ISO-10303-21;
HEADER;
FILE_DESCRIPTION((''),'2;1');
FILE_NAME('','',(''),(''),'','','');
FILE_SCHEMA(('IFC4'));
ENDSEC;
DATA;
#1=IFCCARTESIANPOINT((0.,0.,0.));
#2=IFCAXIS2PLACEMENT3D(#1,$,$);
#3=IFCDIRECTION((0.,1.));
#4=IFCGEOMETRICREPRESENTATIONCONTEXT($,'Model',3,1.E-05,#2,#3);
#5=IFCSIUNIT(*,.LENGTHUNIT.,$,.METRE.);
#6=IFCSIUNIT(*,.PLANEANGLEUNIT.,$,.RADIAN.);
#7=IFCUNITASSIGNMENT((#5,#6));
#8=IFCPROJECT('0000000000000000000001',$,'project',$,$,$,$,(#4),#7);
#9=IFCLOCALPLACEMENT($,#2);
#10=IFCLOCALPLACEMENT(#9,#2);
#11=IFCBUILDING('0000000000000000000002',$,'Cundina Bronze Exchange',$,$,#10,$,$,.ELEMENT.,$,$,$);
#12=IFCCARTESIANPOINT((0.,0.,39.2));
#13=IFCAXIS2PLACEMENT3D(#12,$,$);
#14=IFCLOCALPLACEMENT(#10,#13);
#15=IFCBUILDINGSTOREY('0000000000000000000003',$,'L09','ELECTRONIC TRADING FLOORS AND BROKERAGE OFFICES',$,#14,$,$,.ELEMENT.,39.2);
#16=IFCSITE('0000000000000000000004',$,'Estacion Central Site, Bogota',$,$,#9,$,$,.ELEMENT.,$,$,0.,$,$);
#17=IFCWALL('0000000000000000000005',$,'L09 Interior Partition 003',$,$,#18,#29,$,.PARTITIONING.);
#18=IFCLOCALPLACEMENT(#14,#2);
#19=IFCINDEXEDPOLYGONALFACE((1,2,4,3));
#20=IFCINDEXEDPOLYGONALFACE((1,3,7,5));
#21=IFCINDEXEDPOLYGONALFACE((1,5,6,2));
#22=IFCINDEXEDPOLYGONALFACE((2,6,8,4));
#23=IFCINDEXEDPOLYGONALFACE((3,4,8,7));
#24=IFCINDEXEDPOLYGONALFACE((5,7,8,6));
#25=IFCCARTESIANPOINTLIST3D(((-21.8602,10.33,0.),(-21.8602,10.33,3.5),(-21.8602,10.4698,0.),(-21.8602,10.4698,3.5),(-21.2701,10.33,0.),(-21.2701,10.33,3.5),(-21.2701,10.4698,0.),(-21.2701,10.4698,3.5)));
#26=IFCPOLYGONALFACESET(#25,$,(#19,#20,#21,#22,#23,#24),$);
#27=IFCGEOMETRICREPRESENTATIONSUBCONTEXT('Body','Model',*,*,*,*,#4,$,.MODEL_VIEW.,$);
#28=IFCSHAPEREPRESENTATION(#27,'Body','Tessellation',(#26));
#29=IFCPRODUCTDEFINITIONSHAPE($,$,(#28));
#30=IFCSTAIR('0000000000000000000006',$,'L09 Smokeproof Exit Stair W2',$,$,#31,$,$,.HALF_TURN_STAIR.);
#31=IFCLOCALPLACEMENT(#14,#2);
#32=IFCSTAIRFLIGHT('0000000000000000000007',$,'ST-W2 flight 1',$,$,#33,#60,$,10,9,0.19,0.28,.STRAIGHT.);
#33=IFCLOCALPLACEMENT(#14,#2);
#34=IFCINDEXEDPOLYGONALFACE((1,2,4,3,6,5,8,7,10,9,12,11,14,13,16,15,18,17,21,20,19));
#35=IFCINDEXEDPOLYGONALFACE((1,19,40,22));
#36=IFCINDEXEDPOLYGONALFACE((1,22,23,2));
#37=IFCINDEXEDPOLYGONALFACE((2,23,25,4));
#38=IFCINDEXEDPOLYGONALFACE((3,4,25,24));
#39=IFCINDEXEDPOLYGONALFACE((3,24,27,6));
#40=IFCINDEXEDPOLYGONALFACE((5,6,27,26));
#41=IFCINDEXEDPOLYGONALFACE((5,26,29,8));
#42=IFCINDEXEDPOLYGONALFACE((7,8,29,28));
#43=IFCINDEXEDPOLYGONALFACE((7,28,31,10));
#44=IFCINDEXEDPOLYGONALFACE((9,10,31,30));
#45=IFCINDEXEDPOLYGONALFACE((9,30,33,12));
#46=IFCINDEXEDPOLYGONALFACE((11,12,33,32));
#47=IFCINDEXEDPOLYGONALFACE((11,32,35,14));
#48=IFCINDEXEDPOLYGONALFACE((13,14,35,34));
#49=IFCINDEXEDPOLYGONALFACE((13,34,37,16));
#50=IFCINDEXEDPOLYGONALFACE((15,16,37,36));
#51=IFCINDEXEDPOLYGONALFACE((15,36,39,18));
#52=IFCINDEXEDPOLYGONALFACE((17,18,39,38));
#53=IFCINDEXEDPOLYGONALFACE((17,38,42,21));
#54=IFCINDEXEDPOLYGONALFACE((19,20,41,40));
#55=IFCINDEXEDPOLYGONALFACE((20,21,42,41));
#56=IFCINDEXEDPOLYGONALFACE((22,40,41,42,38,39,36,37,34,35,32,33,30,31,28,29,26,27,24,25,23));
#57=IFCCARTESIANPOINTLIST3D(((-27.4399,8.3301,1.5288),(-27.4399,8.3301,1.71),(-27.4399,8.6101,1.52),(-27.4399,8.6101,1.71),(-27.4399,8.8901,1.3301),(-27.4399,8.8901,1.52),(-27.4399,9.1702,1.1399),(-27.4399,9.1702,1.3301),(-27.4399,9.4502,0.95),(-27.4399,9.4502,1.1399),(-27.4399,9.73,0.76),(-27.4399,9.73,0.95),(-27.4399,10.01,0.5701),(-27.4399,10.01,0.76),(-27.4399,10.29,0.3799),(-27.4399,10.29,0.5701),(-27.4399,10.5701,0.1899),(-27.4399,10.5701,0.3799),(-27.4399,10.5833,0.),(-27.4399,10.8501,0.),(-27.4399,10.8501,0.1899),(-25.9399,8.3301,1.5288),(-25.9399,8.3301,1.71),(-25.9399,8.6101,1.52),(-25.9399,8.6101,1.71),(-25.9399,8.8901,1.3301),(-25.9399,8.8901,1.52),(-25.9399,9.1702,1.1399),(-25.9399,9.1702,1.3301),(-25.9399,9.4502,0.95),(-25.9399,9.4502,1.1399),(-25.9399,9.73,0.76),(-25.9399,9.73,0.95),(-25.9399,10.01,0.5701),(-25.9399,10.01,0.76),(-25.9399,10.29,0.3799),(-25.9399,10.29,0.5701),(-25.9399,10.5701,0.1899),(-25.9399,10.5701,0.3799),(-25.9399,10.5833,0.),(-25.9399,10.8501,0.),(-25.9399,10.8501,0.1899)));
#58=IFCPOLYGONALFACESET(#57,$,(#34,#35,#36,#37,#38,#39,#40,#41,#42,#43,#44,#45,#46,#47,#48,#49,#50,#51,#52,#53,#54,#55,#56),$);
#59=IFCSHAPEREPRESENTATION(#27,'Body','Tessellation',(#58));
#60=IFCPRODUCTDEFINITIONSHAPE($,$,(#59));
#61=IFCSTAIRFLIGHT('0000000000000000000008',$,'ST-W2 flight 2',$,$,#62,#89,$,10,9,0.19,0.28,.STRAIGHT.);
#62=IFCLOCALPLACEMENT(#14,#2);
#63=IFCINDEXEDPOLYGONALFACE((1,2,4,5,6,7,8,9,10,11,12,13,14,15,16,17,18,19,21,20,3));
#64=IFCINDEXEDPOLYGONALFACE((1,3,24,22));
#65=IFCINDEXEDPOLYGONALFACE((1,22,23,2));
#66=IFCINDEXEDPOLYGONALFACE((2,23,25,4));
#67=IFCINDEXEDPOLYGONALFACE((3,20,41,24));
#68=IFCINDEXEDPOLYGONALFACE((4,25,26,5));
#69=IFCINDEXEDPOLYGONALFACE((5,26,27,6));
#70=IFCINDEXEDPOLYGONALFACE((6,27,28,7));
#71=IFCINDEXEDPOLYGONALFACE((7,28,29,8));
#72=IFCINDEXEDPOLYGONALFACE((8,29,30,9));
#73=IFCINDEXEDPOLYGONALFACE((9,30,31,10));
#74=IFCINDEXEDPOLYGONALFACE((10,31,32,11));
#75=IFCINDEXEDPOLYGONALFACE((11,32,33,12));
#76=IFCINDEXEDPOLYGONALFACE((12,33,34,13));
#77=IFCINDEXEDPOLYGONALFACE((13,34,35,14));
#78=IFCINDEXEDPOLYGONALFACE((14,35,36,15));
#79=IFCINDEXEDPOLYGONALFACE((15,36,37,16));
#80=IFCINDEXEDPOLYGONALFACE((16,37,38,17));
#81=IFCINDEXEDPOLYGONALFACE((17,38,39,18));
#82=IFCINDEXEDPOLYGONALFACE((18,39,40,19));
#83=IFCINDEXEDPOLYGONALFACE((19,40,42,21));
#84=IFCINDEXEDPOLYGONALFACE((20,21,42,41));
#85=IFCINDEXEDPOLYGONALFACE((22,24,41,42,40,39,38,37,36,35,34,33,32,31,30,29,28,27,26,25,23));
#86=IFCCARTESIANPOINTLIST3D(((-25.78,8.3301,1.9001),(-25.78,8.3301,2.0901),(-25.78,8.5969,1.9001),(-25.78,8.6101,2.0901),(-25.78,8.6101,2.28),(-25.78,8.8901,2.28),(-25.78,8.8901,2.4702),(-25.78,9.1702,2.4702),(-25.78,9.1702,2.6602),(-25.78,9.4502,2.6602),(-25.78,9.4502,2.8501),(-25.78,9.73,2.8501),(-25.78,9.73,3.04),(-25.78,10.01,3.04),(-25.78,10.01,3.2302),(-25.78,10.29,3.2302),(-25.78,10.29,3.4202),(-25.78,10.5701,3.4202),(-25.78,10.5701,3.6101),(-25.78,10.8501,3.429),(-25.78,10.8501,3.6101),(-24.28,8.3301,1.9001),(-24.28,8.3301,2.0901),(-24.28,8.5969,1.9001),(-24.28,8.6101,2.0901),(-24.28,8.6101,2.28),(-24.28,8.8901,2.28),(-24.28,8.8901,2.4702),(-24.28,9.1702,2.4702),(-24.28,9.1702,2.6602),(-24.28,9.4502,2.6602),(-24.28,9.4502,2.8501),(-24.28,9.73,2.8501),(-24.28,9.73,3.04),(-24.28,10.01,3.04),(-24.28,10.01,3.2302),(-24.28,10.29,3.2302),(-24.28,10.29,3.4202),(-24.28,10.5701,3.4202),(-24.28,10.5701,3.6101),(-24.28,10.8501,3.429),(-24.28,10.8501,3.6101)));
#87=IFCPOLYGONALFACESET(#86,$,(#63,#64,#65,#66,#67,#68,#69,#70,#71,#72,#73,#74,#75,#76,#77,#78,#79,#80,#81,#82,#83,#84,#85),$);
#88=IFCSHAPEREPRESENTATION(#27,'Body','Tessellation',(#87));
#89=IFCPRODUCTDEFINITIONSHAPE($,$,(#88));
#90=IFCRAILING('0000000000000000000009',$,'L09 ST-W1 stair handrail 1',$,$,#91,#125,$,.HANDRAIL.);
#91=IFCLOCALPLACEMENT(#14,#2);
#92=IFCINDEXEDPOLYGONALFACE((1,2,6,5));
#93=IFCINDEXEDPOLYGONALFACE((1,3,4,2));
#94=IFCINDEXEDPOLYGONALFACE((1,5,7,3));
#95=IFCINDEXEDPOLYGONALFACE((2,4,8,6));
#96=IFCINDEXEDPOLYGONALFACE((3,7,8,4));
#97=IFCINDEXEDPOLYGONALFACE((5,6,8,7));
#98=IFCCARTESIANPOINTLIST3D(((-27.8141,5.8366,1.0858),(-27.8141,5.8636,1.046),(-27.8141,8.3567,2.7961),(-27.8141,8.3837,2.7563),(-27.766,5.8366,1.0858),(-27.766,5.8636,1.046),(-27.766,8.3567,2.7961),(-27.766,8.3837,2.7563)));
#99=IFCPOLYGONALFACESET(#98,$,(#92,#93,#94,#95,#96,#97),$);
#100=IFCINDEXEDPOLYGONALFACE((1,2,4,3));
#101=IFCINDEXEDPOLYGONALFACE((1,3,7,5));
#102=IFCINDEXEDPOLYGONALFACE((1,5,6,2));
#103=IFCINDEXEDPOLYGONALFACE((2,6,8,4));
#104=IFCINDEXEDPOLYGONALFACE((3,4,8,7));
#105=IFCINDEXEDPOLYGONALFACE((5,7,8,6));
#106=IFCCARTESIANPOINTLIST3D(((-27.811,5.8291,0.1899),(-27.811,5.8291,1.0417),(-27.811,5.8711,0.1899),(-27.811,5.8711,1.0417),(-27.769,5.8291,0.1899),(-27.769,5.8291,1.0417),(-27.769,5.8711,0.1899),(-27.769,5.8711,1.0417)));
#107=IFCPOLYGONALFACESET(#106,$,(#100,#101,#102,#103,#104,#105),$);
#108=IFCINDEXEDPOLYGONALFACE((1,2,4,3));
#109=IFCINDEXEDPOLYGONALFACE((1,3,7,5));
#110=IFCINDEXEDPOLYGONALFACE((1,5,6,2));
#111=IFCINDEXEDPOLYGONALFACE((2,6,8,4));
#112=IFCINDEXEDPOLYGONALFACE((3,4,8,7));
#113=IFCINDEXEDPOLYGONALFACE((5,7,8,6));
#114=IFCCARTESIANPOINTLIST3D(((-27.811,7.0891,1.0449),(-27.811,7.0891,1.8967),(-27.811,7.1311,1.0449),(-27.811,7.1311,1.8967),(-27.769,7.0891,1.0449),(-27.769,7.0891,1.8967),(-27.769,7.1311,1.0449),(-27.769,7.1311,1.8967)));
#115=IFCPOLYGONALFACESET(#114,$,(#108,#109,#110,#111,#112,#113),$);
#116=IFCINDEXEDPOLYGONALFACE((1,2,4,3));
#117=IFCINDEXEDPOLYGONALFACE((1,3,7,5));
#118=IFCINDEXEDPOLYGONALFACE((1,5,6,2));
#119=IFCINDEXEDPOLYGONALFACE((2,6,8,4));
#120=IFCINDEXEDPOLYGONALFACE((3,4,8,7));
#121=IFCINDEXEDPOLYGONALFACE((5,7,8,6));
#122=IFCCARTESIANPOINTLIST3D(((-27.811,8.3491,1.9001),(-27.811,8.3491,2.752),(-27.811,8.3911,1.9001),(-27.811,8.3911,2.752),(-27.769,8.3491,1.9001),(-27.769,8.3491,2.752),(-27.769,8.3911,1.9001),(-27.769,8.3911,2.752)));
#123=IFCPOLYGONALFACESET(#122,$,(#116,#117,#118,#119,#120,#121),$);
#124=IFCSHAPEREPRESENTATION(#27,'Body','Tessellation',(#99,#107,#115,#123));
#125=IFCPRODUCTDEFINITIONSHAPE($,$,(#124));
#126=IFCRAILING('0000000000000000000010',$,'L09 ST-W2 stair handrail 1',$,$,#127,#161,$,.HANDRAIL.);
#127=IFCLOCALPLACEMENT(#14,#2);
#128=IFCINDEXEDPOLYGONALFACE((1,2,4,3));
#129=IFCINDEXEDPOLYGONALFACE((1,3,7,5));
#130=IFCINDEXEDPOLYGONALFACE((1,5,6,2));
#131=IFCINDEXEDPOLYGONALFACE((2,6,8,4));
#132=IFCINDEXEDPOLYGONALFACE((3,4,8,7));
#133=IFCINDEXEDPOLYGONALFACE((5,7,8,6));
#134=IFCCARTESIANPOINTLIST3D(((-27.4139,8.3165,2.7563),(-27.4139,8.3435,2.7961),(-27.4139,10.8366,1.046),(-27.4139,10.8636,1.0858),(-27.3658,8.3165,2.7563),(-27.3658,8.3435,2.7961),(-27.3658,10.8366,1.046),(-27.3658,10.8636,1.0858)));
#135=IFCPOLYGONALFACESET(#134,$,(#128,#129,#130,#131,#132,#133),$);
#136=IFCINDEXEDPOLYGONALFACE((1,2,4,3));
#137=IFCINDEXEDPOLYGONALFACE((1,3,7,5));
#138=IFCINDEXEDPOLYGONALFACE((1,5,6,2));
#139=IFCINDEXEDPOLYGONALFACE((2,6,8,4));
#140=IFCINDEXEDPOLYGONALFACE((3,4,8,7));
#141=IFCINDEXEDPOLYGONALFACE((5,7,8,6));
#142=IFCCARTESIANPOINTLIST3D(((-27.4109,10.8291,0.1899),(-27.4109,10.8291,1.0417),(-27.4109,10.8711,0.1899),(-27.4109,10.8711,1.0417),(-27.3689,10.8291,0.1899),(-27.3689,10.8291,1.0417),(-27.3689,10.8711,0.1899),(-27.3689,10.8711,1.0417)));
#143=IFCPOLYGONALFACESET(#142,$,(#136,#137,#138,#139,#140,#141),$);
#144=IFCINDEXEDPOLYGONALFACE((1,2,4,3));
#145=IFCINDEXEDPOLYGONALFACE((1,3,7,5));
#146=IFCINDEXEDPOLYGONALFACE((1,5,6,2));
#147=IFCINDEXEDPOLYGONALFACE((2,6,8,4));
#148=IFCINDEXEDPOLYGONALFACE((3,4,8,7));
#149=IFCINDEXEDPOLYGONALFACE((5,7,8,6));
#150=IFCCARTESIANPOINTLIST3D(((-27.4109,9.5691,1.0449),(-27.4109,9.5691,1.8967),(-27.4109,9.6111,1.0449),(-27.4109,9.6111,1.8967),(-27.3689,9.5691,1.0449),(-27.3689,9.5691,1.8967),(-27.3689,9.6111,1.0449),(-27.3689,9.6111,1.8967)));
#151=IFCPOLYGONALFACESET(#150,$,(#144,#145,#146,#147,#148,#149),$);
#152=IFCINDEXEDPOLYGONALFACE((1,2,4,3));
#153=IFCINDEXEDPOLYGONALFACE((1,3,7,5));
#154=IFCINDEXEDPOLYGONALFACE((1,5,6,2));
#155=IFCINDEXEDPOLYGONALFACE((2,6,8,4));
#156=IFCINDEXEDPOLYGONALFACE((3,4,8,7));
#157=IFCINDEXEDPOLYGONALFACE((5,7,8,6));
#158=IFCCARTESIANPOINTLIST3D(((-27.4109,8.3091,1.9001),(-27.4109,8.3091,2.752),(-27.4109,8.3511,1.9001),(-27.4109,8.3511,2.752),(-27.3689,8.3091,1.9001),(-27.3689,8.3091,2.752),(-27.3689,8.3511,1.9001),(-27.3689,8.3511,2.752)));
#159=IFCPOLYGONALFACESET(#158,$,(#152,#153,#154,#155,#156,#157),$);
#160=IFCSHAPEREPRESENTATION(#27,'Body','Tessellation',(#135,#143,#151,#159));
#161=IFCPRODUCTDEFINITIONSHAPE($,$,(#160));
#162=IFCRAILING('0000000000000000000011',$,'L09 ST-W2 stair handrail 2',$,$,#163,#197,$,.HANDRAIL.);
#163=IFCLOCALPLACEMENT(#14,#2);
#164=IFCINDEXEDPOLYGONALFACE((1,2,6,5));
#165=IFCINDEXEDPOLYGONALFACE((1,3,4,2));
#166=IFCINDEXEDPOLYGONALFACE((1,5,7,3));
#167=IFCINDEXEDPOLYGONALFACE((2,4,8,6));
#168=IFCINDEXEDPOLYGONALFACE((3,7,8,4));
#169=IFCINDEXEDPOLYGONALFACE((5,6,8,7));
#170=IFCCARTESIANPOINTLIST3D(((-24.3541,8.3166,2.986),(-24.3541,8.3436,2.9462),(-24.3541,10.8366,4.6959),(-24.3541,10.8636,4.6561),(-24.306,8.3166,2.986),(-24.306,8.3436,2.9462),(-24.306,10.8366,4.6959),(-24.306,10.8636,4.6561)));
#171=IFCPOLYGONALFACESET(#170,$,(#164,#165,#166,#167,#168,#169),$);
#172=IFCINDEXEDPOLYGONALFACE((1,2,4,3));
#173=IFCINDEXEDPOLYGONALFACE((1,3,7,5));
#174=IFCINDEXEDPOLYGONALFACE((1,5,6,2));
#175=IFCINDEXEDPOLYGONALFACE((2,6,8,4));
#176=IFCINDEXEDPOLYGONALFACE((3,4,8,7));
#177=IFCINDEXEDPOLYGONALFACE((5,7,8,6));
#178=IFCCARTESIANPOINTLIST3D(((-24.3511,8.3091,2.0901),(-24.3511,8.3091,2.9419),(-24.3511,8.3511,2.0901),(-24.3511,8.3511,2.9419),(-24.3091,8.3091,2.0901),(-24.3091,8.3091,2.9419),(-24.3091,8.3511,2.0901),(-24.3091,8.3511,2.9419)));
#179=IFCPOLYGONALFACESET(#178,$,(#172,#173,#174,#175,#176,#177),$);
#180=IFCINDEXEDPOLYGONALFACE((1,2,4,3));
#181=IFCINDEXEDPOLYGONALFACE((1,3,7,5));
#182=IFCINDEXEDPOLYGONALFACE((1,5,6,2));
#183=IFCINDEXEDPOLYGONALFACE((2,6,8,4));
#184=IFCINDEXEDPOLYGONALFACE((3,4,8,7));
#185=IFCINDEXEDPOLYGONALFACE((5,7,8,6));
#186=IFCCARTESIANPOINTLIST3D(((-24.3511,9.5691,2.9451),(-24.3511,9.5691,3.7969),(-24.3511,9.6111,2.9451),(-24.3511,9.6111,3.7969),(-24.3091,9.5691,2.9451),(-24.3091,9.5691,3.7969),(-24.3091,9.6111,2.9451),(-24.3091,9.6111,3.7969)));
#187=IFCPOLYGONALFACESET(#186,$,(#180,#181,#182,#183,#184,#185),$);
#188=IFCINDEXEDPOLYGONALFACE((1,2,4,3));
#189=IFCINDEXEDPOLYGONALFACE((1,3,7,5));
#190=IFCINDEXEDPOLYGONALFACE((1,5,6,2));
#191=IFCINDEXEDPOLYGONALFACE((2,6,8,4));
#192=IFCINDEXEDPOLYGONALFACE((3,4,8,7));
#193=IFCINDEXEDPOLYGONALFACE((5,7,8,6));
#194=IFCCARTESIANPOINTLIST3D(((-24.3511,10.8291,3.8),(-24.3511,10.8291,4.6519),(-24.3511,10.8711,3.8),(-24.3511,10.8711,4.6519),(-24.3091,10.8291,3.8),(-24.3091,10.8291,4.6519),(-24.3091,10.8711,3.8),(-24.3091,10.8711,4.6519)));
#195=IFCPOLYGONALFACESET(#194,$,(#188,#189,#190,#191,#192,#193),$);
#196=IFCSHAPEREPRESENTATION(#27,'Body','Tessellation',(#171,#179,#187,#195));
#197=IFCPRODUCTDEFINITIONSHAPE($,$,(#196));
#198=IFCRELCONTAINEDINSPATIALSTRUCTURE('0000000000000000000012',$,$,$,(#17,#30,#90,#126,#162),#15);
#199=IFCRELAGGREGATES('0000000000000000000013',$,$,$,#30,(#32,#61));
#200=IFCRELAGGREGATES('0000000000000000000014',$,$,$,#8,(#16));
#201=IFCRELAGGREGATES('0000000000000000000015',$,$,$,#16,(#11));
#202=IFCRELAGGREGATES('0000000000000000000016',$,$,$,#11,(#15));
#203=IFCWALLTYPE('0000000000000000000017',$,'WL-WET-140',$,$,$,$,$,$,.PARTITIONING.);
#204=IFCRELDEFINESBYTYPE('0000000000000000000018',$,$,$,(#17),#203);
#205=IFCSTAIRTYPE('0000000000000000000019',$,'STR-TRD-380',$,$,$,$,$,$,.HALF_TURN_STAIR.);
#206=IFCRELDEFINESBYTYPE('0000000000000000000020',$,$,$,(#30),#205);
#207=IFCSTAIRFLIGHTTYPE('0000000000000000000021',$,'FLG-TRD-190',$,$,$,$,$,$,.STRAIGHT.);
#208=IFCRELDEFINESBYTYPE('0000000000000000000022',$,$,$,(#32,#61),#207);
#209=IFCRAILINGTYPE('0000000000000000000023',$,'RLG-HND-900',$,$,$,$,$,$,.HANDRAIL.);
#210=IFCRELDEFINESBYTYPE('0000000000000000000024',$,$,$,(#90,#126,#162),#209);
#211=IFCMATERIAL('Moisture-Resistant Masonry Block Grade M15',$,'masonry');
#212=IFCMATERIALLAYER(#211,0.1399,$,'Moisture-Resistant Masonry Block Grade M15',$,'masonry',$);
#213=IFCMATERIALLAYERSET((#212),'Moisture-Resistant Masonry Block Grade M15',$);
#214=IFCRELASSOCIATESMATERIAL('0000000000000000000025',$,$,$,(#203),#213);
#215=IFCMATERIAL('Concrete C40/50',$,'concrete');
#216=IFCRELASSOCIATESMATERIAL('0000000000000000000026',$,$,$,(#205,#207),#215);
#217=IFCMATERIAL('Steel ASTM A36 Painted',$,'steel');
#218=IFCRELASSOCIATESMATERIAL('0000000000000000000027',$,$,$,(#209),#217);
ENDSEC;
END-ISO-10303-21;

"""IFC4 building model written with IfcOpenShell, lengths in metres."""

from ifc_helpers import new_model, si_unit, direction, frame, frame_2d, origin, origin_2d, place, context, subcontext, project, spatial, polyline, rectangle, outline, extrude, material, layer, layer_set, type_object, element, aggregate, save


model = new_model("IFC4")

# Units and contexts
model_context = context("Model", 3, precision=1e-05, world=origin(), true_north=direction((0.0, 1.0)))
body_context = subcontext(model_context, "Body", "Model", "MODEL_VIEW")
ifc_project = project(units=[si_unit("LENGTHUNIT", "METRE"), si_unit("PLANEANGLEUNIT", "RADIAN")], contexts=[model_context])

# Site, building, storey
site_placement = place(None, origin())
site = spatial("IfcSite", under=ifc_project, at=site_placement, Name="Estacion Central Site, Bogota", CompositionType="ELEMENT", RefElevation=0.0)
building_placement = place(site_placement, origin())
building = spatial("IfcBuilding", under=site, at=building_placement, Name="Cundina Bronze Exchange", CompositionType="ELEMENT")
storey_placement = place(building_placement, frame((0.0, 0.0, 39.2)))
storey = spatial("IfcBuildingStorey", under=building, at=storey_placement, Name="L09", Description="ELECTRONIC TRADING FLOORS AND BROKERAGE OFFICES", CompositionType="ELEMENT", Elevation=39.2)

# Shared definitions
ifc_material_1 = material(Name="Steel ASTM A36 Painted", Category="steel")

# Wall
ifc_material_2 = material(Name="Moisture-Resistant Masonry Block Grade M15", Category="masonry")
ifc_layer_1 = layer(ifc_material_2, 0.1399, Name="Moisture-Resistant Masonry Block Grade M15", Category="masonry")
ifc_layer_set_1 = layer_set([ifc_layer_1], Name="Moisture-Resistant Masonry Block Grade M15")
wall_type_1 = type_object("IfcWallType", Name="WL-WET-140", PredefinedType="PARTITIONING", material=ifc_layer_set_1)
wall_1_placement = place(storey_placement, frame((-21.8601, 10.3999, 0.0), z_axis=(0.0, 0.0, 1.0), x_axis=(1.0, 0.0, 0.0)))
element("IfcWall", 1, at=wall_1_placement, inside=storey, type_object=wall_type_1, Name="L09 Interior Partition 003", PredefinedType="PARTITIONING", context=body_context, shape_type="SweptSolid", body=[
    extrude(rectangle(XDim=0.5901, YDim=0.1399, at=frame_2d((0.2949, 0.0))), origin(), (0.0, 0.0, 1.0), 3.5),
])

# Stair, stair flights
ifc_material_3 = material(Name="Concrete C40/50", Category="concrete")
stair_type = type_object("IfcStairType", Name="STR-TRD-380", PredefinedType="HALF_TURN_STAIR", material=ifc_material_3)
stair_placement = place(storey_placement, origin())
stair = element("IfcStair", 2, at=stair_placement, inside=storey, type_object=stair_type, Name="L09 Smokeproof Exit Stair W2", PredefinedType="HALF_TURN_STAIR")
stair_flight_type = type_object("IfcStairFlightType", Name="FLG-TRD-190", PredefinedType="STRAIGHT", material=ifc_material_3)
stair_flight_1_placement = place(storey_placement, frame((-26.6899, 10.8501, 0.0), z_axis=(0.0, 0.0, 1.0), x_axis=(0.0, -1.0, 0.0)))
stair_flight_1 = element("IfcStairFlight", 3, at=stair_flight_1_placement, type_object=stair_flight_type, Name="ST-W2 flight 1", NumberOfRisers=10, NumberOfTreads=9, PredefinedType="STRAIGHT", RiserHeight=0.19, TreadLength=0.28, context=body_context, shape_type="SweptSolid", body=[
    extrude(outline(polyline([(0.0, 0.0), (0.0, 0.1899), (0.28, 0.1899), (0.28, 0.3799), (0.5601, 0.3799), (0.5601, 0.5701), (0.8401, 0.5701), (0.8401, 0.76), (1.1201, 0.76), (1.1201, 0.95), (1.3999, 0.95), (1.3999, 1.1399), (1.6799, 1.1399), (1.6799, 1.3301), (1.96, 1.3301), (1.96, 1.52), (2.24, 1.52), (2.24, 1.71), (2.52, 1.71), (2.52, 1.8999), (2.52, 1.5288), (0.2668, 0.0), (0.0, 0.0)])), frame((0.0, 0.75, 0.0), z_axis=(0.0, -1.0, 0.0), x_axis=(1.0, 0.0, 0.0)), (0.0, 0.0, 1.0), 1.5),
])
stair_flight_2_placement = place(storey_placement, frame((-25.03, 8.3301, 1.9001), z_axis=(0.0, 0.0, 1.0), x_axis=(0.0, 1.0, 0.0)))
stair_flight_2 = element("IfcStairFlight", 4, at=stair_flight_2_placement, type_object=stair_flight_type, Name="ST-W2 flight 2", NumberOfRisers=10, NumberOfTreads=9, PredefinedType="STRAIGHT", RiserHeight=0.19, TreadLength=0.28, context=body_context, shape_type="SweptSolid", body=[
    extrude(outline(polyline([(0.0, 0.0), (0.0, 0.1899), (0.28, 0.1899), (0.28, 0.3799), (0.5601, 0.3799), (0.5601, 0.5701), (0.8401, 0.5701), (0.8401, 0.76), (1.1201, 0.76), (1.1201, 0.95), (1.3999, 0.95), (1.3999, 1.1399), (1.6799, 1.1399), (1.6799, 1.3301), (1.96, 1.3301), (1.96, 1.52), (2.24, 1.52), (2.24, 1.71), (2.52, 1.71), (2.52, 1.8999), (2.52, 1.5288), (0.2668, 0.0), (0.0, 0.0)])), frame((0.0, 0.75, 0.0), z_axis=(0.0, -1.0, 0.0), x_axis=(1.0, 0.0, 0.0)), (0.0, 0.0, 1.0), 1.5),
])
aggregate(stair, [stair_flight_1, stair_flight_2])

# Railings
railing_type_1 = type_object("IfcRailingType", Name="RLG-HND-900", PredefinedType="HANDRAIL", material=ifc_material_1)
railing_1_placement = place(storey_placement, frame((-27.79, 5.8501, 0.1899)))
element("IfcRailing", 5, at=railing_1_placement, inside=storey, type_object=railing_type_1, Name="L09 ST-W1 stair handrail 1", PredefinedType="HANDRAIL", context=body_context, shape_type="SweptSolid", body=[
    extrude(rectangle(XDim=0.0481, YDim=0.0481, at=origin_2d()), frame((0.0, 0.0, 0.876), z_axis=(0.0, 0.827447, 0.561545), x_axis=(-1.0, 0.0, 0.0)), (0.0, 0.0, 1.0), 3.0457),
    extrude(rectangle(XDim=0.042, YDim=0.042, at=origin_2d()), origin(), (0.0, 0.0, 1.0), 0.8518),
    extrude(rectangle(XDim=0.042, YDim=0.042, at=origin_2d()), frame((0.0, 1.26, 0.855)), (0.0, 0.0, 1.0), 0.8518),
    extrude(rectangle(XDim=0.042, YDim=0.042, at=origin_2d()), frame((0.0, 2.52, 1.7102)), (0.0, 0.0, 1.0), 0.8518),
])
railing_2_placement = place(storey_placement, frame((-27.3899, 10.8501, 0.1899)))
element("IfcRailing", 6, at=railing_2_placement, inside=storey, type_object=railing_type_1, Name="L09 ST-W2 stair handrail 1", PredefinedType="HANDRAIL", context=body_context, shape_type="SweptSolid", body=[
    extrude(rectangle(XDim=0.0481, YDim=0.0481, at=origin_2d()), frame((0.0, 0.0, 0.876), z_axis=(0.0, -0.827447, 0.561545), x_axis=(1.0, 0.0, 0.0)), (0.0, 0.0, 1.0), 3.0457),
    extrude(rectangle(XDim=0.042, YDim=0.042, at=origin_2d()), origin(), (0.0, 0.0, 1.0), 0.8518),
    extrude(rectangle(XDim=0.042, YDim=0.042, at=origin_2d()), frame((0.0, -1.26, 0.855)), (0.0, 0.0, 1.0), 0.8518),
    extrude(rectangle(XDim=0.042, YDim=0.042, at=origin_2d()), frame((0.0, -2.52, 1.7102)), (0.0, 0.0, 1.0), 0.8518),
])
railing_3_placement = place(storey_placement, frame((-24.3301, 8.3301, 2.0901)))
element("IfcRailing", 7, at=railing_3_placement, inside=storey, type_object=railing_type_1, Name="L09 ST-W2 stair handrail 2", PredefinedType="HANDRAIL", context=body_context, shape_type="SweptSolid", body=[
    extrude(rectangle(XDim=0.0481, YDim=0.0481, at=origin_2d()), frame((0.0, 0.0, 0.876), z_axis=(0.0, 0.827484, 0.56149), x_axis=(-1.0, 0.0, 0.0)), (0.0, 0.0, 1.0), 3.0454),
    extrude(rectangle(XDim=0.042, YDim=0.042, at=origin_2d()), origin(), (0.0, 0.0, 1.0), 0.8518),
    extrude(rectangle(XDim=0.042, YDim=0.042, at=origin_2d()), frame((0.0, 1.26, 0.855)), (0.0, 0.0, 1.0), 0.8518),
    extrude(rectangle(XDim=0.042, YDim=0.042, at=origin_2d()), frame((0.0, 2.52, 1.71)), (0.0, 0.0, 1.0), 0.8518),
])

save(model, "model.ifc")
